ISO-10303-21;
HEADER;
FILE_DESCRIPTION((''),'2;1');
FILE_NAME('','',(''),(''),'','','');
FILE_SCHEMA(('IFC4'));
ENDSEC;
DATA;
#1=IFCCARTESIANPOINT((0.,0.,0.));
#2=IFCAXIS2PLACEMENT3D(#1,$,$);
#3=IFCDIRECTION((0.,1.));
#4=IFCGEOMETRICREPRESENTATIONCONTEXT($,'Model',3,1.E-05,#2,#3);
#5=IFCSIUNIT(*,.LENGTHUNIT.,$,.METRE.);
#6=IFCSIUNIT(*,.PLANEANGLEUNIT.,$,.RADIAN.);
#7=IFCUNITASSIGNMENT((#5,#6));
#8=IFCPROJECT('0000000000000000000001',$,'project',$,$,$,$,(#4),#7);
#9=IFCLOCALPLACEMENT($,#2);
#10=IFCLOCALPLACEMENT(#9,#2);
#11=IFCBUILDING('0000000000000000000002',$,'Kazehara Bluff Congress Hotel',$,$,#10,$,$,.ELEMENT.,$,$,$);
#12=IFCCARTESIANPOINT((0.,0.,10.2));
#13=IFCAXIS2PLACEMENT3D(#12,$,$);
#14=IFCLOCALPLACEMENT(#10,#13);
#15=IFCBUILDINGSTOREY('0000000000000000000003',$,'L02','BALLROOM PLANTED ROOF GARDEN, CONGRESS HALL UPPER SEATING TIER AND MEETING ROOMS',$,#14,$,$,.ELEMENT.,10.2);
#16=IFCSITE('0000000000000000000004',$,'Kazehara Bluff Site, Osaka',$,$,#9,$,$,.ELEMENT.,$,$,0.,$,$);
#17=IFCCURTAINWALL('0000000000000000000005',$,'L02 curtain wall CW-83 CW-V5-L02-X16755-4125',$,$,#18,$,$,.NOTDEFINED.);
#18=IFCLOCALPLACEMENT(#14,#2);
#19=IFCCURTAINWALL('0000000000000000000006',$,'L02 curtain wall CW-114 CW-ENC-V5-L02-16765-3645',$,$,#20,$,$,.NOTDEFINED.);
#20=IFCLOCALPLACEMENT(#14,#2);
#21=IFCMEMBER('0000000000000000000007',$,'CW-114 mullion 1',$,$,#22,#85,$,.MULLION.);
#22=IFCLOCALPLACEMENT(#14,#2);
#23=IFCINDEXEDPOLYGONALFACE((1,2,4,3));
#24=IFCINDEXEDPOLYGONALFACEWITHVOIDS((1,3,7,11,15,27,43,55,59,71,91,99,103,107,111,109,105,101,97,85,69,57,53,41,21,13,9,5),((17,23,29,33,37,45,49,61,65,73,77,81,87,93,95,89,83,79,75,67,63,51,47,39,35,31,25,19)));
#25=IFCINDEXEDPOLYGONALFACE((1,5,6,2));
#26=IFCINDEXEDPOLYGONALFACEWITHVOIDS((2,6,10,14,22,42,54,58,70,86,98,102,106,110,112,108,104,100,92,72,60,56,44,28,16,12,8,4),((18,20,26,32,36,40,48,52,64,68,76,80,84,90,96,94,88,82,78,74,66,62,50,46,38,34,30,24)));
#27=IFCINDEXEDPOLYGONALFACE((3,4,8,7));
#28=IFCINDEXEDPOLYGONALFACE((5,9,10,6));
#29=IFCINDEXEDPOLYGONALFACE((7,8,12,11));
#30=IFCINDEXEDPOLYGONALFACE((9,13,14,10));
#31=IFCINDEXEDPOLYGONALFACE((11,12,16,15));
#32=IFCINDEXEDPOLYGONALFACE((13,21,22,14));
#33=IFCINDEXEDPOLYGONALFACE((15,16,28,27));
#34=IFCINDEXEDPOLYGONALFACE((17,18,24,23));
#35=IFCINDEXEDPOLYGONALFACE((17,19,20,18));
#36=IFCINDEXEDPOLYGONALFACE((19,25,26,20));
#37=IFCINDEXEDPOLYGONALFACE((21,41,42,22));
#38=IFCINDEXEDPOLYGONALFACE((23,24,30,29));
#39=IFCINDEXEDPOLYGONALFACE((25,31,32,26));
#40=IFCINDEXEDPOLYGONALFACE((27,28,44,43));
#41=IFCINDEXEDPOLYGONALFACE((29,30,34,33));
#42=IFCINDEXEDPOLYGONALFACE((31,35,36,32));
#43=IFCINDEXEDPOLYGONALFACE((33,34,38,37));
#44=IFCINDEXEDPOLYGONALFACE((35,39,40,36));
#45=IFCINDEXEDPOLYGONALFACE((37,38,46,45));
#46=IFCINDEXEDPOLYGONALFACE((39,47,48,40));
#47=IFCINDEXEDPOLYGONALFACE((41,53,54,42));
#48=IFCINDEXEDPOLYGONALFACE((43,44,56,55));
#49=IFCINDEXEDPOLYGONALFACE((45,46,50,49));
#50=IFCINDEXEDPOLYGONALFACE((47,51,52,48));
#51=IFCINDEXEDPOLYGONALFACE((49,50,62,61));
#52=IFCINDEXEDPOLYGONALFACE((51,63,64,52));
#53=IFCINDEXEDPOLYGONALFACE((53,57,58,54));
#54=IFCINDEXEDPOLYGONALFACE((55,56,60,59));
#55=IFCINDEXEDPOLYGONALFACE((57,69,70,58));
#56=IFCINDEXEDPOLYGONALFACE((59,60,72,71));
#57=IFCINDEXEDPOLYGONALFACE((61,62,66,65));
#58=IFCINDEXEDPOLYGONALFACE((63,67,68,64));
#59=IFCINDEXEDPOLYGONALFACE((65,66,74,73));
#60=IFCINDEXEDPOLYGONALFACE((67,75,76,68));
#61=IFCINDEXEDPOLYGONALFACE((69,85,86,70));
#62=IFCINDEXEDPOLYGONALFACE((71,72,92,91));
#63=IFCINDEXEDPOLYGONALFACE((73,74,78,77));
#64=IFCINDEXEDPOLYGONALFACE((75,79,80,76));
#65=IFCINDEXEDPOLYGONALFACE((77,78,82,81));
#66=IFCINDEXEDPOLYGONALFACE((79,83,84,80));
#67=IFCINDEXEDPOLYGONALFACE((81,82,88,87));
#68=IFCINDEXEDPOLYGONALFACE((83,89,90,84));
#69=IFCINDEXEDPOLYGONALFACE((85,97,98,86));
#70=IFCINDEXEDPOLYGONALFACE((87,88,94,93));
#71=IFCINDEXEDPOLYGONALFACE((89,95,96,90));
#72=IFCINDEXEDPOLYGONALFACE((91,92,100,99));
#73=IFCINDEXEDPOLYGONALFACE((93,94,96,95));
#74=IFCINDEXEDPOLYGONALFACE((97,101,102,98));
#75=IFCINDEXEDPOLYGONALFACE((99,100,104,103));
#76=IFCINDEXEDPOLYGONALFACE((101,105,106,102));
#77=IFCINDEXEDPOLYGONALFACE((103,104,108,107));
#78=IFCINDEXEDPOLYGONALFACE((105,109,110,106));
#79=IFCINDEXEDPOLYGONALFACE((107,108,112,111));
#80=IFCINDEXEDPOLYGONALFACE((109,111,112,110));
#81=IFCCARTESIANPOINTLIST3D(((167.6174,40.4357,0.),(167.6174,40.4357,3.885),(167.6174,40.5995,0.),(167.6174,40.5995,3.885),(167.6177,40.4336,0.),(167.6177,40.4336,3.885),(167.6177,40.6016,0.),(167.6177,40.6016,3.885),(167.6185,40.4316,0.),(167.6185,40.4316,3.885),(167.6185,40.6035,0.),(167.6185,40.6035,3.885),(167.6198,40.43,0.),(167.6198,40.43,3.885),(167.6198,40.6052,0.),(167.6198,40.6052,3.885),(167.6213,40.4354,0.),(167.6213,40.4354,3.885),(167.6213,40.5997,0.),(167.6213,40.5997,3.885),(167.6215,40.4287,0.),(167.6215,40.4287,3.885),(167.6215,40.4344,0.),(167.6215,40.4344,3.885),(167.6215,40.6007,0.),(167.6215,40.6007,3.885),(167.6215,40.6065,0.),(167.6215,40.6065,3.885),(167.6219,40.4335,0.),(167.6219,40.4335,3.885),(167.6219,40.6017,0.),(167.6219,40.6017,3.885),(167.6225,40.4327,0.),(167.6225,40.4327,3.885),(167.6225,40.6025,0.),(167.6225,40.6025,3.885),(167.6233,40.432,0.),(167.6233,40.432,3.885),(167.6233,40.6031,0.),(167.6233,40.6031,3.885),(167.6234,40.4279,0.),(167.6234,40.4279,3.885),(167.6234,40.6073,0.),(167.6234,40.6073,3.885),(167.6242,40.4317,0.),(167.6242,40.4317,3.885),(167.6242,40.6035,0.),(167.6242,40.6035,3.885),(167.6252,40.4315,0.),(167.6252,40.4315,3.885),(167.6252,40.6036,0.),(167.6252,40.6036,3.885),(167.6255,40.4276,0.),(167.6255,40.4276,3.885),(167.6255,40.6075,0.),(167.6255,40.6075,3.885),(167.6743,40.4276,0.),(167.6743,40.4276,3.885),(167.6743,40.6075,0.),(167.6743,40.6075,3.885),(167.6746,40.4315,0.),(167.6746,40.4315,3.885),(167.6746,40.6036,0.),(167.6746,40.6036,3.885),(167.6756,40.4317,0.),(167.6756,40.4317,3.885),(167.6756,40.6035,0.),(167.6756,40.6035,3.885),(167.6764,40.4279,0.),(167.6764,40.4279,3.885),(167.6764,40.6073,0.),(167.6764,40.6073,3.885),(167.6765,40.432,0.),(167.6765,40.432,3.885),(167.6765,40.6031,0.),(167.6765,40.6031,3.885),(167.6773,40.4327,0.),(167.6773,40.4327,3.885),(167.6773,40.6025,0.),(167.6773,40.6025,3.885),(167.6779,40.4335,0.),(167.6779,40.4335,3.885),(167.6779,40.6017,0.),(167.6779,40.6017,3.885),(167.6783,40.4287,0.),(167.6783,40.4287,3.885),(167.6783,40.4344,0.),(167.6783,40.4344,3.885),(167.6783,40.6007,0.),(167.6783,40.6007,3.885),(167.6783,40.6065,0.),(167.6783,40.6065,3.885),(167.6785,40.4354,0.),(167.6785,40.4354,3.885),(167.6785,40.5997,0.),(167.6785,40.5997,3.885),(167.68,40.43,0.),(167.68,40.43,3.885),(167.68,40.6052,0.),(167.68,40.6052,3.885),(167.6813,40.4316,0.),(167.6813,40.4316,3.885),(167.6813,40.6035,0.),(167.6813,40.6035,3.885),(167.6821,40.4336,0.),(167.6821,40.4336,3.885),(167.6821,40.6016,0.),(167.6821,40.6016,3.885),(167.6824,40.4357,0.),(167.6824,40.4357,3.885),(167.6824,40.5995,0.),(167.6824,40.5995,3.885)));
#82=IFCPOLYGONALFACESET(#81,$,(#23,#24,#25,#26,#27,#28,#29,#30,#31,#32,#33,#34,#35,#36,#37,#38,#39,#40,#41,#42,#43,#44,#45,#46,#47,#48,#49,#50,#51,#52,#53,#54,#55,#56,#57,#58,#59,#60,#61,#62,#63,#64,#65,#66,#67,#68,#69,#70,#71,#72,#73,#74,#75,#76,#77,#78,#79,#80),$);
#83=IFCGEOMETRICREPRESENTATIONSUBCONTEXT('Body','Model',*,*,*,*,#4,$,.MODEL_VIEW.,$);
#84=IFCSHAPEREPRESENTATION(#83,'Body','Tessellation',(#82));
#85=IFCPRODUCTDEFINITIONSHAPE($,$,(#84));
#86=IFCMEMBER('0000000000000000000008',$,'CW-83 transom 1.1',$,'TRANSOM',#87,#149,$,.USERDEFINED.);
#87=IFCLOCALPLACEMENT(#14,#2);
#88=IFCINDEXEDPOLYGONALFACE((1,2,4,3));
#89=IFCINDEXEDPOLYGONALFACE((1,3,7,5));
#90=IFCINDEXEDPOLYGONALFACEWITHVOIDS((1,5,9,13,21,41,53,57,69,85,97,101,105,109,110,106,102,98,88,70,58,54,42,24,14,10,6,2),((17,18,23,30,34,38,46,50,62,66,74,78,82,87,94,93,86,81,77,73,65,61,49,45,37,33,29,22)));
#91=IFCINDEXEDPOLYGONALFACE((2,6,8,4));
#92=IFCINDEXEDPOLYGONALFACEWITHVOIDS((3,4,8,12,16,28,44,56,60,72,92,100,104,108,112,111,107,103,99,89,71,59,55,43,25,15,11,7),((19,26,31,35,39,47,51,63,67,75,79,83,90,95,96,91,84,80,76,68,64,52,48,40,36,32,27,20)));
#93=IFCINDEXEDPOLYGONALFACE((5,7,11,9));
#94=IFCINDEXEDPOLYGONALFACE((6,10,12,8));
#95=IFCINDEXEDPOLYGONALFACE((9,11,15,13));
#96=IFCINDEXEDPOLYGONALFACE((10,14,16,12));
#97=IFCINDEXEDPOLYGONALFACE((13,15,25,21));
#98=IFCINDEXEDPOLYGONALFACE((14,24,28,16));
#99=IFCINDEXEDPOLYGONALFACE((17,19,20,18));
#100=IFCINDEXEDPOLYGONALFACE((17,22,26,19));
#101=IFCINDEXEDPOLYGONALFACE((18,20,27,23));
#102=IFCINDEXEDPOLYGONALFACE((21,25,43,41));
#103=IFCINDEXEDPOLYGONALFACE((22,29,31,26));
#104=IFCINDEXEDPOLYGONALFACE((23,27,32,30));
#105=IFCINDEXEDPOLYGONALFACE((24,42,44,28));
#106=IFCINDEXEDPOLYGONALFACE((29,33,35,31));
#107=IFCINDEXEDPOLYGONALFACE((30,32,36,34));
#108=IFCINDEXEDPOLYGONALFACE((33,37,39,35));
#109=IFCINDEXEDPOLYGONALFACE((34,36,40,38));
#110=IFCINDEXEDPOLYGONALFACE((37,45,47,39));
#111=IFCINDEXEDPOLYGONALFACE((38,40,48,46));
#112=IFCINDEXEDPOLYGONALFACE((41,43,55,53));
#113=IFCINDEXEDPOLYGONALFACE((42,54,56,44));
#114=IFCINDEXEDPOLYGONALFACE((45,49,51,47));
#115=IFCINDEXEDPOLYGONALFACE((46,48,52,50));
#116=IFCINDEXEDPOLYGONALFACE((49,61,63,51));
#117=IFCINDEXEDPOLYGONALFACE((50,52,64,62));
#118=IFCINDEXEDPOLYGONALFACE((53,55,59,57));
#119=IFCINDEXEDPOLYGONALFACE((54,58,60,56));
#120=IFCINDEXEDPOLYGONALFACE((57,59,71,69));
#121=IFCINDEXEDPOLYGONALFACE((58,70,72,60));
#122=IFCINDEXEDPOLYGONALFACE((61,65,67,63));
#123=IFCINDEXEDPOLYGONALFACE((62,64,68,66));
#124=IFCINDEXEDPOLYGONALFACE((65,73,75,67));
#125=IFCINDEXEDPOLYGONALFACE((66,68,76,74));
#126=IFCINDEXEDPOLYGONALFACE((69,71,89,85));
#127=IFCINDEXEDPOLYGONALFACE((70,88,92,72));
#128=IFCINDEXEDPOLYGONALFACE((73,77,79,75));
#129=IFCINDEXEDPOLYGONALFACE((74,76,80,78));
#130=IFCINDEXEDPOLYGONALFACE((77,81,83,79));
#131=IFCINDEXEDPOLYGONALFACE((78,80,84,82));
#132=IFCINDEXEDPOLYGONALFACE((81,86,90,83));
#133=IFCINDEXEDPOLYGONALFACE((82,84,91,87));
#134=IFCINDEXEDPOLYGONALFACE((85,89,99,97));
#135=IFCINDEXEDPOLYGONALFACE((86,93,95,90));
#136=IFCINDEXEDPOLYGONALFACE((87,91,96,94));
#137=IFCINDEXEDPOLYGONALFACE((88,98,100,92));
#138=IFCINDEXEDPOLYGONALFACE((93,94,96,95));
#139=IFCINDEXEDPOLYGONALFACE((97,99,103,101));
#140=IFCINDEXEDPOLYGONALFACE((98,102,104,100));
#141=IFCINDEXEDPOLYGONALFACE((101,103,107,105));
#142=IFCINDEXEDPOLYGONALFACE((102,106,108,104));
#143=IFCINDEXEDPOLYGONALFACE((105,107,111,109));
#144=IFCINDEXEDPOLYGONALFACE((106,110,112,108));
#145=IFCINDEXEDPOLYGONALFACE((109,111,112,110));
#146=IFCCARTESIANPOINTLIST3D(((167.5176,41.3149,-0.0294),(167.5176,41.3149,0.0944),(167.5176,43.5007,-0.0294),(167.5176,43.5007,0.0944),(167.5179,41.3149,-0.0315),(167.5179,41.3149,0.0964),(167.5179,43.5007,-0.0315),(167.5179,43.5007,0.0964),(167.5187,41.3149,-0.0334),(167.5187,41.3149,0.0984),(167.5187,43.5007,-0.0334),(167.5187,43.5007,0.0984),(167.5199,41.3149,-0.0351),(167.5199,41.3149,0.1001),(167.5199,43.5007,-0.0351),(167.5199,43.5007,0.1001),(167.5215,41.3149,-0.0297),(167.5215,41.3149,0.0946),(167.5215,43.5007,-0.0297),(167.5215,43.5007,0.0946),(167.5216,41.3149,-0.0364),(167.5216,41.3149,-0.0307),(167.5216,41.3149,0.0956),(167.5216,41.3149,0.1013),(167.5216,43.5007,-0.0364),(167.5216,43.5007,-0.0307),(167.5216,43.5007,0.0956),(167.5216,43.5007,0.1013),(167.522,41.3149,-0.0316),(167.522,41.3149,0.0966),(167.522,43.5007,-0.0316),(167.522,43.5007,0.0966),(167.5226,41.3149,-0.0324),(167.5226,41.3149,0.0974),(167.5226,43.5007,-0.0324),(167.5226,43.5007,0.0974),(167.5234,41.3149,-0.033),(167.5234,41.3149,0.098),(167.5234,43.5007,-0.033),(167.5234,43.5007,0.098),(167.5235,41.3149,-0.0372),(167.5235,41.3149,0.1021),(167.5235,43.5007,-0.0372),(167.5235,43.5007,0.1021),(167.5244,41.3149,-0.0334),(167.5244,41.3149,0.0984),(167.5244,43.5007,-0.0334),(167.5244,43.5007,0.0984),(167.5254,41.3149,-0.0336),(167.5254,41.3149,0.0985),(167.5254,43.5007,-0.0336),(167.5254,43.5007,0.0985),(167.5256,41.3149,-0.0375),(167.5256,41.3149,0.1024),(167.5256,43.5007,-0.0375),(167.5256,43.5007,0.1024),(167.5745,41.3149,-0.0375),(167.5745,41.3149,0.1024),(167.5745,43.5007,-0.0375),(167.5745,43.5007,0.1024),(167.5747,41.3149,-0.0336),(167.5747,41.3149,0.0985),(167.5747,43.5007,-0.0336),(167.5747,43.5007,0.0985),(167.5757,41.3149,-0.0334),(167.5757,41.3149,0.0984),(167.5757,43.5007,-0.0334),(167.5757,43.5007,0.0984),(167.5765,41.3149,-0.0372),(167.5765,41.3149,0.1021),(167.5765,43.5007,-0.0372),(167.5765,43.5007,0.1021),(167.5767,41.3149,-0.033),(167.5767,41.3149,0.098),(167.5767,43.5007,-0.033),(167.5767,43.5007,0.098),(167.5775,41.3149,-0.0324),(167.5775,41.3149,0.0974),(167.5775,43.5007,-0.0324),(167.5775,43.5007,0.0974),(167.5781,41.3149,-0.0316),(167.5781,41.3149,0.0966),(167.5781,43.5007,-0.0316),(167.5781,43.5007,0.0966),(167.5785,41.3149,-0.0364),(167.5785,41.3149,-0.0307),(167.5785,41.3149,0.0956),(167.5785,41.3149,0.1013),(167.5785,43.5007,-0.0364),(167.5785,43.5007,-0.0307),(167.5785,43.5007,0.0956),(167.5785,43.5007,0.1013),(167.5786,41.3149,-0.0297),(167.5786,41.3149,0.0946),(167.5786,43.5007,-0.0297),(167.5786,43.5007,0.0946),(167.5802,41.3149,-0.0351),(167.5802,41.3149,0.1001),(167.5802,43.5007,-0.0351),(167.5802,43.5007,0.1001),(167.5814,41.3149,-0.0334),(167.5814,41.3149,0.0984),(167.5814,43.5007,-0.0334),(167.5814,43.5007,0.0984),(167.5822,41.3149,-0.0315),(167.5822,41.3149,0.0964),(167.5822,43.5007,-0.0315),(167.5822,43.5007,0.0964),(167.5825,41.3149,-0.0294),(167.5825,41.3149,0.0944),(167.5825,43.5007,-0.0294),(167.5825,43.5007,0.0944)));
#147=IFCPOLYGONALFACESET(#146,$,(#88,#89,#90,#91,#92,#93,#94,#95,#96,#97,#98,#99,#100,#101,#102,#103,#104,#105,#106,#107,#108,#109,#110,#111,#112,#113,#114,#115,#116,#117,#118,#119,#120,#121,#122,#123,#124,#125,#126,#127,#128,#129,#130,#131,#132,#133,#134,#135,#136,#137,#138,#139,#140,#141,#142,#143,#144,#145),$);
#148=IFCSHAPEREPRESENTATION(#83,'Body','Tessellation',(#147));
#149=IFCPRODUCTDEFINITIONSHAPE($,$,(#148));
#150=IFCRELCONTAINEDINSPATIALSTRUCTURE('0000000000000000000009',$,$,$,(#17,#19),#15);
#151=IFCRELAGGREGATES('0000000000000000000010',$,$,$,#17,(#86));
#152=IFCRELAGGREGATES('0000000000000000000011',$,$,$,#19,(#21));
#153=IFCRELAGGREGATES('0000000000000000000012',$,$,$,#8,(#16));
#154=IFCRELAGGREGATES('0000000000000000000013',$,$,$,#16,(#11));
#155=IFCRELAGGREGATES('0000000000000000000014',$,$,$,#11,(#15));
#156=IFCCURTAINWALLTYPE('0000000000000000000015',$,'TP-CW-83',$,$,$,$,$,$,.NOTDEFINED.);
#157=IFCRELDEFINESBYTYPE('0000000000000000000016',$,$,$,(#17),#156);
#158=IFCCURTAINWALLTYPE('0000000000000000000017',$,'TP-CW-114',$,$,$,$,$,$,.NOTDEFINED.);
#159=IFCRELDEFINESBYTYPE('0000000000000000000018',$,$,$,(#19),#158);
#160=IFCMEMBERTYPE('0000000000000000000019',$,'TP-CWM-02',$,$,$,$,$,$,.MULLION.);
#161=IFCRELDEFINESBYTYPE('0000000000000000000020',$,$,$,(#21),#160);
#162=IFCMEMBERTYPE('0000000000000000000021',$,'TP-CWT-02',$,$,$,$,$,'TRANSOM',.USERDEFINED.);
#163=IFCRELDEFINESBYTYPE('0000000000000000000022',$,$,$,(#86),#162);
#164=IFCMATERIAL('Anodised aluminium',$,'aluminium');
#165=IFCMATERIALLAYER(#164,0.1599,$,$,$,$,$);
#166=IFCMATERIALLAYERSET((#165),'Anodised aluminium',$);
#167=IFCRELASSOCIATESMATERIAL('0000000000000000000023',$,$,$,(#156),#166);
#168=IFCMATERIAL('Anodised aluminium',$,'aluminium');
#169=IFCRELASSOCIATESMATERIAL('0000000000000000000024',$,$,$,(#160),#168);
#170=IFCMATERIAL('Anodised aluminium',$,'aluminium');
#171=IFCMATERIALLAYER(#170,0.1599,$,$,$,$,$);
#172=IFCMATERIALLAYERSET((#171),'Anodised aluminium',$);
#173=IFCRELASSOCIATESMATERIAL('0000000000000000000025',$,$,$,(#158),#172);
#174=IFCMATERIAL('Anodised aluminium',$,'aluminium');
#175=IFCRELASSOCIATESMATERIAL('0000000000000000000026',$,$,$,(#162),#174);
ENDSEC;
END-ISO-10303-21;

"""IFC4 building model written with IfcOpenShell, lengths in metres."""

from ifc_helpers import new_model, si_unit, direction, frame, origin, origin_2d, place, context, subcontext, project, spatial, hollow_rectangle, extrude, material, layer, layer_set, material_profile, profile_set, type_object, element, aggregate, save


model = new_model("IFC4")

# Units and contexts
model_context = context("Model", 3, precision=1e-05, world=origin(), true_north=direction((0.0, 1.0)))
body_context = subcontext(model_context, "Body", "Model", "MODEL_VIEW")
ifc_project = project(units=[si_unit("LENGTHUNIT", "METRE"), si_unit("PLANEANGLEUNIT", "RADIAN")], contexts=[model_context])

# Site, building, storey
site_placement = place(None, origin())
site = spatial("IfcSite", under=ifc_project, at=site_placement, Name="Kazehara Bluff Site, Osaka", CompositionType="ELEMENT", RefElevation=0.0)
building_placement = place(site_placement, origin())
building = spatial("IfcBuilding", under=site, at=building_placement, Name="Kazehara Bluff Congress Hotel", CompositionType="ELEMENT")
storey_placement = place(building_placement, frame((0.0, 0.0, 10.2)))
storey = spatial("IfcBuildingStorey", under=building, at=storey_placement, Name="L02", Description="BALLROOM PLANTED ROOF GARDEN, CONGRESS HALL UPPER SEATING TIER AND MEETING ROOMS", CompositionType="ELEMENT", Elevation=10.2)

# Curtain wall
ifc_material_1 = material(Name="Anodised aluminium", Category="aluminium")
ifc_layer_1 = layer(ifc_material_1, 0.1599)
ifc_layer_set_1 = layer_set([ifc_layer_1], Name="Anodised aluminium")
curtain_wall_type_1 = type_object("IfcCurtainWallType", Name="TP-CW-83", PredefinedType="NOTDEFINED", material=ifc_layer_set_1)
curtain_wall_1_placement = place(storey_placement, origin())
curtain_wall_1 = element("IfcCurtainWall", 1, at=curtain_wall_1_placement, inside=storey, type_object=curtain_wall_type_1, Name="L02 curtain wall CW-83 CW-V5-L02-X16755-4125", PredefinedType="NOTDEFINED")
ifc_material_2 = material(Name="Anodised aluminium", Category="aluminium")
ifc_material_profile_1 = material_profile(ifc_material_2, hollow_rectangle(XDim=0.0649, YDim=0.1799, WallThickness=0.0039, InnerFilletRadius=0.0039, OuterFilletRadius=0.0081, at=origin_2d()))
ifc_profile_set_1 = profile_set([ifc_material_profile_1], Name="Anodised aluminium")
member_type_1 = type_object("IfcMemberType", Name="TP-CWM-02", PredefinedType="MULLION", material=ifc_profile_set_1)

# Curtain wall, member
ifc_material_3 = material(Name="Anodised aluminium", Category="aluminium")
ifc_layer_2 = layer(ifc_material_3, 0.1599)
ifc_layer_set_2 = layer_set([ifc_layer_2], Name="Anodised aluminium")
curtain_wall_type_2 = type_object("IfcCurtainWallType", Name="TP-CW-114", PredefinedType="NOTDEFINED", material=ifc_layer_set_2)
curtain_wall_2_placement = place(storey_placement, origin())
curtain_wall_2 = element("IfcCurtainWall", 2, at=curtain_wall_2_placement, inside=storey, type_object=curtain_wall_type_2, Name="L02 curtain wall CW-114 CW-ENC-V5-L02-16765-3645", PredefinedType="NOTDEFINED")
member_1_placement = place(storey_placement, frame((167.6499, 40.5176, 0.0), z_axis=(0.0, 0.0, 1.0), x_axis=(1.0, 0.0, 0.0)))
member_1 = element("IfcMember", 3, at=member_1_placement, type_object=member_type_1, Name="CW-114 mullion 1", PredefinedType="MULLION", context=body_context, shape_type="SweptSolid", body=[
    extrude(hollow_rectangle(XDim=0.0649, YDim=0.1799, WallThickness=0.0039, InnerFilletRadius=0.0039, OuterFilletRadius=0.0081, at=origin_2d()), origin(), (0.0, 0.0, 1.0), 3.885),
])

# Member
ifc_material_4 = material(Name="Anodised aluminium", Category="aluminium")
ifc_material_profile_2 = material_profile(ifc_material_4, hollow_rectangle(XDim=0.0649, YDim=0.1399, WallThickness=0.0039, InnerFilletRadius=0.0039, OuterFilletRadius=0.0081, at=origin_2d()))
ifc_profile_set_2 = profile_set([ifc_material_profile_2], Name="Anodised aluminium")
member_type_2 = type_object("IfcMemberType", Name="TP-CWT-02", ElementType="TRANSOM", PredefinedType="USERDEFINED", material=ifc_profile_set_2)
member_2_placement = place(storey_placement, frame((167.55, 41.3149, 0.0325), z_axis=(0.0, 1.0, 0.0), x_axis=(-1.0, 0.0, 0.0)))
member_2 = element("IfcMember", 4, at=member_2_placement, type_object=member_type_2, Name="CW-83 transom 1.1", ObjectType="TRANSOM", PredefinedType="USERDEFINED", context=body_context, shape_type="SweptSolid", body=[
    extrude(hollow_rectangle(XDim=0.0649, YDim=0.1399, WallThickness=0.0039, InnerFilletRadius=0.0039, OuterFilletRadius=0.0081, at=origin_2d()), origin(), (0.0, 0.0, 1.0), 2.1858),
])

aggregate(curtain_wall_1, [member_2])
aggregate(curtain_wall_2, [member_1])

save(model, "model.ifc")
